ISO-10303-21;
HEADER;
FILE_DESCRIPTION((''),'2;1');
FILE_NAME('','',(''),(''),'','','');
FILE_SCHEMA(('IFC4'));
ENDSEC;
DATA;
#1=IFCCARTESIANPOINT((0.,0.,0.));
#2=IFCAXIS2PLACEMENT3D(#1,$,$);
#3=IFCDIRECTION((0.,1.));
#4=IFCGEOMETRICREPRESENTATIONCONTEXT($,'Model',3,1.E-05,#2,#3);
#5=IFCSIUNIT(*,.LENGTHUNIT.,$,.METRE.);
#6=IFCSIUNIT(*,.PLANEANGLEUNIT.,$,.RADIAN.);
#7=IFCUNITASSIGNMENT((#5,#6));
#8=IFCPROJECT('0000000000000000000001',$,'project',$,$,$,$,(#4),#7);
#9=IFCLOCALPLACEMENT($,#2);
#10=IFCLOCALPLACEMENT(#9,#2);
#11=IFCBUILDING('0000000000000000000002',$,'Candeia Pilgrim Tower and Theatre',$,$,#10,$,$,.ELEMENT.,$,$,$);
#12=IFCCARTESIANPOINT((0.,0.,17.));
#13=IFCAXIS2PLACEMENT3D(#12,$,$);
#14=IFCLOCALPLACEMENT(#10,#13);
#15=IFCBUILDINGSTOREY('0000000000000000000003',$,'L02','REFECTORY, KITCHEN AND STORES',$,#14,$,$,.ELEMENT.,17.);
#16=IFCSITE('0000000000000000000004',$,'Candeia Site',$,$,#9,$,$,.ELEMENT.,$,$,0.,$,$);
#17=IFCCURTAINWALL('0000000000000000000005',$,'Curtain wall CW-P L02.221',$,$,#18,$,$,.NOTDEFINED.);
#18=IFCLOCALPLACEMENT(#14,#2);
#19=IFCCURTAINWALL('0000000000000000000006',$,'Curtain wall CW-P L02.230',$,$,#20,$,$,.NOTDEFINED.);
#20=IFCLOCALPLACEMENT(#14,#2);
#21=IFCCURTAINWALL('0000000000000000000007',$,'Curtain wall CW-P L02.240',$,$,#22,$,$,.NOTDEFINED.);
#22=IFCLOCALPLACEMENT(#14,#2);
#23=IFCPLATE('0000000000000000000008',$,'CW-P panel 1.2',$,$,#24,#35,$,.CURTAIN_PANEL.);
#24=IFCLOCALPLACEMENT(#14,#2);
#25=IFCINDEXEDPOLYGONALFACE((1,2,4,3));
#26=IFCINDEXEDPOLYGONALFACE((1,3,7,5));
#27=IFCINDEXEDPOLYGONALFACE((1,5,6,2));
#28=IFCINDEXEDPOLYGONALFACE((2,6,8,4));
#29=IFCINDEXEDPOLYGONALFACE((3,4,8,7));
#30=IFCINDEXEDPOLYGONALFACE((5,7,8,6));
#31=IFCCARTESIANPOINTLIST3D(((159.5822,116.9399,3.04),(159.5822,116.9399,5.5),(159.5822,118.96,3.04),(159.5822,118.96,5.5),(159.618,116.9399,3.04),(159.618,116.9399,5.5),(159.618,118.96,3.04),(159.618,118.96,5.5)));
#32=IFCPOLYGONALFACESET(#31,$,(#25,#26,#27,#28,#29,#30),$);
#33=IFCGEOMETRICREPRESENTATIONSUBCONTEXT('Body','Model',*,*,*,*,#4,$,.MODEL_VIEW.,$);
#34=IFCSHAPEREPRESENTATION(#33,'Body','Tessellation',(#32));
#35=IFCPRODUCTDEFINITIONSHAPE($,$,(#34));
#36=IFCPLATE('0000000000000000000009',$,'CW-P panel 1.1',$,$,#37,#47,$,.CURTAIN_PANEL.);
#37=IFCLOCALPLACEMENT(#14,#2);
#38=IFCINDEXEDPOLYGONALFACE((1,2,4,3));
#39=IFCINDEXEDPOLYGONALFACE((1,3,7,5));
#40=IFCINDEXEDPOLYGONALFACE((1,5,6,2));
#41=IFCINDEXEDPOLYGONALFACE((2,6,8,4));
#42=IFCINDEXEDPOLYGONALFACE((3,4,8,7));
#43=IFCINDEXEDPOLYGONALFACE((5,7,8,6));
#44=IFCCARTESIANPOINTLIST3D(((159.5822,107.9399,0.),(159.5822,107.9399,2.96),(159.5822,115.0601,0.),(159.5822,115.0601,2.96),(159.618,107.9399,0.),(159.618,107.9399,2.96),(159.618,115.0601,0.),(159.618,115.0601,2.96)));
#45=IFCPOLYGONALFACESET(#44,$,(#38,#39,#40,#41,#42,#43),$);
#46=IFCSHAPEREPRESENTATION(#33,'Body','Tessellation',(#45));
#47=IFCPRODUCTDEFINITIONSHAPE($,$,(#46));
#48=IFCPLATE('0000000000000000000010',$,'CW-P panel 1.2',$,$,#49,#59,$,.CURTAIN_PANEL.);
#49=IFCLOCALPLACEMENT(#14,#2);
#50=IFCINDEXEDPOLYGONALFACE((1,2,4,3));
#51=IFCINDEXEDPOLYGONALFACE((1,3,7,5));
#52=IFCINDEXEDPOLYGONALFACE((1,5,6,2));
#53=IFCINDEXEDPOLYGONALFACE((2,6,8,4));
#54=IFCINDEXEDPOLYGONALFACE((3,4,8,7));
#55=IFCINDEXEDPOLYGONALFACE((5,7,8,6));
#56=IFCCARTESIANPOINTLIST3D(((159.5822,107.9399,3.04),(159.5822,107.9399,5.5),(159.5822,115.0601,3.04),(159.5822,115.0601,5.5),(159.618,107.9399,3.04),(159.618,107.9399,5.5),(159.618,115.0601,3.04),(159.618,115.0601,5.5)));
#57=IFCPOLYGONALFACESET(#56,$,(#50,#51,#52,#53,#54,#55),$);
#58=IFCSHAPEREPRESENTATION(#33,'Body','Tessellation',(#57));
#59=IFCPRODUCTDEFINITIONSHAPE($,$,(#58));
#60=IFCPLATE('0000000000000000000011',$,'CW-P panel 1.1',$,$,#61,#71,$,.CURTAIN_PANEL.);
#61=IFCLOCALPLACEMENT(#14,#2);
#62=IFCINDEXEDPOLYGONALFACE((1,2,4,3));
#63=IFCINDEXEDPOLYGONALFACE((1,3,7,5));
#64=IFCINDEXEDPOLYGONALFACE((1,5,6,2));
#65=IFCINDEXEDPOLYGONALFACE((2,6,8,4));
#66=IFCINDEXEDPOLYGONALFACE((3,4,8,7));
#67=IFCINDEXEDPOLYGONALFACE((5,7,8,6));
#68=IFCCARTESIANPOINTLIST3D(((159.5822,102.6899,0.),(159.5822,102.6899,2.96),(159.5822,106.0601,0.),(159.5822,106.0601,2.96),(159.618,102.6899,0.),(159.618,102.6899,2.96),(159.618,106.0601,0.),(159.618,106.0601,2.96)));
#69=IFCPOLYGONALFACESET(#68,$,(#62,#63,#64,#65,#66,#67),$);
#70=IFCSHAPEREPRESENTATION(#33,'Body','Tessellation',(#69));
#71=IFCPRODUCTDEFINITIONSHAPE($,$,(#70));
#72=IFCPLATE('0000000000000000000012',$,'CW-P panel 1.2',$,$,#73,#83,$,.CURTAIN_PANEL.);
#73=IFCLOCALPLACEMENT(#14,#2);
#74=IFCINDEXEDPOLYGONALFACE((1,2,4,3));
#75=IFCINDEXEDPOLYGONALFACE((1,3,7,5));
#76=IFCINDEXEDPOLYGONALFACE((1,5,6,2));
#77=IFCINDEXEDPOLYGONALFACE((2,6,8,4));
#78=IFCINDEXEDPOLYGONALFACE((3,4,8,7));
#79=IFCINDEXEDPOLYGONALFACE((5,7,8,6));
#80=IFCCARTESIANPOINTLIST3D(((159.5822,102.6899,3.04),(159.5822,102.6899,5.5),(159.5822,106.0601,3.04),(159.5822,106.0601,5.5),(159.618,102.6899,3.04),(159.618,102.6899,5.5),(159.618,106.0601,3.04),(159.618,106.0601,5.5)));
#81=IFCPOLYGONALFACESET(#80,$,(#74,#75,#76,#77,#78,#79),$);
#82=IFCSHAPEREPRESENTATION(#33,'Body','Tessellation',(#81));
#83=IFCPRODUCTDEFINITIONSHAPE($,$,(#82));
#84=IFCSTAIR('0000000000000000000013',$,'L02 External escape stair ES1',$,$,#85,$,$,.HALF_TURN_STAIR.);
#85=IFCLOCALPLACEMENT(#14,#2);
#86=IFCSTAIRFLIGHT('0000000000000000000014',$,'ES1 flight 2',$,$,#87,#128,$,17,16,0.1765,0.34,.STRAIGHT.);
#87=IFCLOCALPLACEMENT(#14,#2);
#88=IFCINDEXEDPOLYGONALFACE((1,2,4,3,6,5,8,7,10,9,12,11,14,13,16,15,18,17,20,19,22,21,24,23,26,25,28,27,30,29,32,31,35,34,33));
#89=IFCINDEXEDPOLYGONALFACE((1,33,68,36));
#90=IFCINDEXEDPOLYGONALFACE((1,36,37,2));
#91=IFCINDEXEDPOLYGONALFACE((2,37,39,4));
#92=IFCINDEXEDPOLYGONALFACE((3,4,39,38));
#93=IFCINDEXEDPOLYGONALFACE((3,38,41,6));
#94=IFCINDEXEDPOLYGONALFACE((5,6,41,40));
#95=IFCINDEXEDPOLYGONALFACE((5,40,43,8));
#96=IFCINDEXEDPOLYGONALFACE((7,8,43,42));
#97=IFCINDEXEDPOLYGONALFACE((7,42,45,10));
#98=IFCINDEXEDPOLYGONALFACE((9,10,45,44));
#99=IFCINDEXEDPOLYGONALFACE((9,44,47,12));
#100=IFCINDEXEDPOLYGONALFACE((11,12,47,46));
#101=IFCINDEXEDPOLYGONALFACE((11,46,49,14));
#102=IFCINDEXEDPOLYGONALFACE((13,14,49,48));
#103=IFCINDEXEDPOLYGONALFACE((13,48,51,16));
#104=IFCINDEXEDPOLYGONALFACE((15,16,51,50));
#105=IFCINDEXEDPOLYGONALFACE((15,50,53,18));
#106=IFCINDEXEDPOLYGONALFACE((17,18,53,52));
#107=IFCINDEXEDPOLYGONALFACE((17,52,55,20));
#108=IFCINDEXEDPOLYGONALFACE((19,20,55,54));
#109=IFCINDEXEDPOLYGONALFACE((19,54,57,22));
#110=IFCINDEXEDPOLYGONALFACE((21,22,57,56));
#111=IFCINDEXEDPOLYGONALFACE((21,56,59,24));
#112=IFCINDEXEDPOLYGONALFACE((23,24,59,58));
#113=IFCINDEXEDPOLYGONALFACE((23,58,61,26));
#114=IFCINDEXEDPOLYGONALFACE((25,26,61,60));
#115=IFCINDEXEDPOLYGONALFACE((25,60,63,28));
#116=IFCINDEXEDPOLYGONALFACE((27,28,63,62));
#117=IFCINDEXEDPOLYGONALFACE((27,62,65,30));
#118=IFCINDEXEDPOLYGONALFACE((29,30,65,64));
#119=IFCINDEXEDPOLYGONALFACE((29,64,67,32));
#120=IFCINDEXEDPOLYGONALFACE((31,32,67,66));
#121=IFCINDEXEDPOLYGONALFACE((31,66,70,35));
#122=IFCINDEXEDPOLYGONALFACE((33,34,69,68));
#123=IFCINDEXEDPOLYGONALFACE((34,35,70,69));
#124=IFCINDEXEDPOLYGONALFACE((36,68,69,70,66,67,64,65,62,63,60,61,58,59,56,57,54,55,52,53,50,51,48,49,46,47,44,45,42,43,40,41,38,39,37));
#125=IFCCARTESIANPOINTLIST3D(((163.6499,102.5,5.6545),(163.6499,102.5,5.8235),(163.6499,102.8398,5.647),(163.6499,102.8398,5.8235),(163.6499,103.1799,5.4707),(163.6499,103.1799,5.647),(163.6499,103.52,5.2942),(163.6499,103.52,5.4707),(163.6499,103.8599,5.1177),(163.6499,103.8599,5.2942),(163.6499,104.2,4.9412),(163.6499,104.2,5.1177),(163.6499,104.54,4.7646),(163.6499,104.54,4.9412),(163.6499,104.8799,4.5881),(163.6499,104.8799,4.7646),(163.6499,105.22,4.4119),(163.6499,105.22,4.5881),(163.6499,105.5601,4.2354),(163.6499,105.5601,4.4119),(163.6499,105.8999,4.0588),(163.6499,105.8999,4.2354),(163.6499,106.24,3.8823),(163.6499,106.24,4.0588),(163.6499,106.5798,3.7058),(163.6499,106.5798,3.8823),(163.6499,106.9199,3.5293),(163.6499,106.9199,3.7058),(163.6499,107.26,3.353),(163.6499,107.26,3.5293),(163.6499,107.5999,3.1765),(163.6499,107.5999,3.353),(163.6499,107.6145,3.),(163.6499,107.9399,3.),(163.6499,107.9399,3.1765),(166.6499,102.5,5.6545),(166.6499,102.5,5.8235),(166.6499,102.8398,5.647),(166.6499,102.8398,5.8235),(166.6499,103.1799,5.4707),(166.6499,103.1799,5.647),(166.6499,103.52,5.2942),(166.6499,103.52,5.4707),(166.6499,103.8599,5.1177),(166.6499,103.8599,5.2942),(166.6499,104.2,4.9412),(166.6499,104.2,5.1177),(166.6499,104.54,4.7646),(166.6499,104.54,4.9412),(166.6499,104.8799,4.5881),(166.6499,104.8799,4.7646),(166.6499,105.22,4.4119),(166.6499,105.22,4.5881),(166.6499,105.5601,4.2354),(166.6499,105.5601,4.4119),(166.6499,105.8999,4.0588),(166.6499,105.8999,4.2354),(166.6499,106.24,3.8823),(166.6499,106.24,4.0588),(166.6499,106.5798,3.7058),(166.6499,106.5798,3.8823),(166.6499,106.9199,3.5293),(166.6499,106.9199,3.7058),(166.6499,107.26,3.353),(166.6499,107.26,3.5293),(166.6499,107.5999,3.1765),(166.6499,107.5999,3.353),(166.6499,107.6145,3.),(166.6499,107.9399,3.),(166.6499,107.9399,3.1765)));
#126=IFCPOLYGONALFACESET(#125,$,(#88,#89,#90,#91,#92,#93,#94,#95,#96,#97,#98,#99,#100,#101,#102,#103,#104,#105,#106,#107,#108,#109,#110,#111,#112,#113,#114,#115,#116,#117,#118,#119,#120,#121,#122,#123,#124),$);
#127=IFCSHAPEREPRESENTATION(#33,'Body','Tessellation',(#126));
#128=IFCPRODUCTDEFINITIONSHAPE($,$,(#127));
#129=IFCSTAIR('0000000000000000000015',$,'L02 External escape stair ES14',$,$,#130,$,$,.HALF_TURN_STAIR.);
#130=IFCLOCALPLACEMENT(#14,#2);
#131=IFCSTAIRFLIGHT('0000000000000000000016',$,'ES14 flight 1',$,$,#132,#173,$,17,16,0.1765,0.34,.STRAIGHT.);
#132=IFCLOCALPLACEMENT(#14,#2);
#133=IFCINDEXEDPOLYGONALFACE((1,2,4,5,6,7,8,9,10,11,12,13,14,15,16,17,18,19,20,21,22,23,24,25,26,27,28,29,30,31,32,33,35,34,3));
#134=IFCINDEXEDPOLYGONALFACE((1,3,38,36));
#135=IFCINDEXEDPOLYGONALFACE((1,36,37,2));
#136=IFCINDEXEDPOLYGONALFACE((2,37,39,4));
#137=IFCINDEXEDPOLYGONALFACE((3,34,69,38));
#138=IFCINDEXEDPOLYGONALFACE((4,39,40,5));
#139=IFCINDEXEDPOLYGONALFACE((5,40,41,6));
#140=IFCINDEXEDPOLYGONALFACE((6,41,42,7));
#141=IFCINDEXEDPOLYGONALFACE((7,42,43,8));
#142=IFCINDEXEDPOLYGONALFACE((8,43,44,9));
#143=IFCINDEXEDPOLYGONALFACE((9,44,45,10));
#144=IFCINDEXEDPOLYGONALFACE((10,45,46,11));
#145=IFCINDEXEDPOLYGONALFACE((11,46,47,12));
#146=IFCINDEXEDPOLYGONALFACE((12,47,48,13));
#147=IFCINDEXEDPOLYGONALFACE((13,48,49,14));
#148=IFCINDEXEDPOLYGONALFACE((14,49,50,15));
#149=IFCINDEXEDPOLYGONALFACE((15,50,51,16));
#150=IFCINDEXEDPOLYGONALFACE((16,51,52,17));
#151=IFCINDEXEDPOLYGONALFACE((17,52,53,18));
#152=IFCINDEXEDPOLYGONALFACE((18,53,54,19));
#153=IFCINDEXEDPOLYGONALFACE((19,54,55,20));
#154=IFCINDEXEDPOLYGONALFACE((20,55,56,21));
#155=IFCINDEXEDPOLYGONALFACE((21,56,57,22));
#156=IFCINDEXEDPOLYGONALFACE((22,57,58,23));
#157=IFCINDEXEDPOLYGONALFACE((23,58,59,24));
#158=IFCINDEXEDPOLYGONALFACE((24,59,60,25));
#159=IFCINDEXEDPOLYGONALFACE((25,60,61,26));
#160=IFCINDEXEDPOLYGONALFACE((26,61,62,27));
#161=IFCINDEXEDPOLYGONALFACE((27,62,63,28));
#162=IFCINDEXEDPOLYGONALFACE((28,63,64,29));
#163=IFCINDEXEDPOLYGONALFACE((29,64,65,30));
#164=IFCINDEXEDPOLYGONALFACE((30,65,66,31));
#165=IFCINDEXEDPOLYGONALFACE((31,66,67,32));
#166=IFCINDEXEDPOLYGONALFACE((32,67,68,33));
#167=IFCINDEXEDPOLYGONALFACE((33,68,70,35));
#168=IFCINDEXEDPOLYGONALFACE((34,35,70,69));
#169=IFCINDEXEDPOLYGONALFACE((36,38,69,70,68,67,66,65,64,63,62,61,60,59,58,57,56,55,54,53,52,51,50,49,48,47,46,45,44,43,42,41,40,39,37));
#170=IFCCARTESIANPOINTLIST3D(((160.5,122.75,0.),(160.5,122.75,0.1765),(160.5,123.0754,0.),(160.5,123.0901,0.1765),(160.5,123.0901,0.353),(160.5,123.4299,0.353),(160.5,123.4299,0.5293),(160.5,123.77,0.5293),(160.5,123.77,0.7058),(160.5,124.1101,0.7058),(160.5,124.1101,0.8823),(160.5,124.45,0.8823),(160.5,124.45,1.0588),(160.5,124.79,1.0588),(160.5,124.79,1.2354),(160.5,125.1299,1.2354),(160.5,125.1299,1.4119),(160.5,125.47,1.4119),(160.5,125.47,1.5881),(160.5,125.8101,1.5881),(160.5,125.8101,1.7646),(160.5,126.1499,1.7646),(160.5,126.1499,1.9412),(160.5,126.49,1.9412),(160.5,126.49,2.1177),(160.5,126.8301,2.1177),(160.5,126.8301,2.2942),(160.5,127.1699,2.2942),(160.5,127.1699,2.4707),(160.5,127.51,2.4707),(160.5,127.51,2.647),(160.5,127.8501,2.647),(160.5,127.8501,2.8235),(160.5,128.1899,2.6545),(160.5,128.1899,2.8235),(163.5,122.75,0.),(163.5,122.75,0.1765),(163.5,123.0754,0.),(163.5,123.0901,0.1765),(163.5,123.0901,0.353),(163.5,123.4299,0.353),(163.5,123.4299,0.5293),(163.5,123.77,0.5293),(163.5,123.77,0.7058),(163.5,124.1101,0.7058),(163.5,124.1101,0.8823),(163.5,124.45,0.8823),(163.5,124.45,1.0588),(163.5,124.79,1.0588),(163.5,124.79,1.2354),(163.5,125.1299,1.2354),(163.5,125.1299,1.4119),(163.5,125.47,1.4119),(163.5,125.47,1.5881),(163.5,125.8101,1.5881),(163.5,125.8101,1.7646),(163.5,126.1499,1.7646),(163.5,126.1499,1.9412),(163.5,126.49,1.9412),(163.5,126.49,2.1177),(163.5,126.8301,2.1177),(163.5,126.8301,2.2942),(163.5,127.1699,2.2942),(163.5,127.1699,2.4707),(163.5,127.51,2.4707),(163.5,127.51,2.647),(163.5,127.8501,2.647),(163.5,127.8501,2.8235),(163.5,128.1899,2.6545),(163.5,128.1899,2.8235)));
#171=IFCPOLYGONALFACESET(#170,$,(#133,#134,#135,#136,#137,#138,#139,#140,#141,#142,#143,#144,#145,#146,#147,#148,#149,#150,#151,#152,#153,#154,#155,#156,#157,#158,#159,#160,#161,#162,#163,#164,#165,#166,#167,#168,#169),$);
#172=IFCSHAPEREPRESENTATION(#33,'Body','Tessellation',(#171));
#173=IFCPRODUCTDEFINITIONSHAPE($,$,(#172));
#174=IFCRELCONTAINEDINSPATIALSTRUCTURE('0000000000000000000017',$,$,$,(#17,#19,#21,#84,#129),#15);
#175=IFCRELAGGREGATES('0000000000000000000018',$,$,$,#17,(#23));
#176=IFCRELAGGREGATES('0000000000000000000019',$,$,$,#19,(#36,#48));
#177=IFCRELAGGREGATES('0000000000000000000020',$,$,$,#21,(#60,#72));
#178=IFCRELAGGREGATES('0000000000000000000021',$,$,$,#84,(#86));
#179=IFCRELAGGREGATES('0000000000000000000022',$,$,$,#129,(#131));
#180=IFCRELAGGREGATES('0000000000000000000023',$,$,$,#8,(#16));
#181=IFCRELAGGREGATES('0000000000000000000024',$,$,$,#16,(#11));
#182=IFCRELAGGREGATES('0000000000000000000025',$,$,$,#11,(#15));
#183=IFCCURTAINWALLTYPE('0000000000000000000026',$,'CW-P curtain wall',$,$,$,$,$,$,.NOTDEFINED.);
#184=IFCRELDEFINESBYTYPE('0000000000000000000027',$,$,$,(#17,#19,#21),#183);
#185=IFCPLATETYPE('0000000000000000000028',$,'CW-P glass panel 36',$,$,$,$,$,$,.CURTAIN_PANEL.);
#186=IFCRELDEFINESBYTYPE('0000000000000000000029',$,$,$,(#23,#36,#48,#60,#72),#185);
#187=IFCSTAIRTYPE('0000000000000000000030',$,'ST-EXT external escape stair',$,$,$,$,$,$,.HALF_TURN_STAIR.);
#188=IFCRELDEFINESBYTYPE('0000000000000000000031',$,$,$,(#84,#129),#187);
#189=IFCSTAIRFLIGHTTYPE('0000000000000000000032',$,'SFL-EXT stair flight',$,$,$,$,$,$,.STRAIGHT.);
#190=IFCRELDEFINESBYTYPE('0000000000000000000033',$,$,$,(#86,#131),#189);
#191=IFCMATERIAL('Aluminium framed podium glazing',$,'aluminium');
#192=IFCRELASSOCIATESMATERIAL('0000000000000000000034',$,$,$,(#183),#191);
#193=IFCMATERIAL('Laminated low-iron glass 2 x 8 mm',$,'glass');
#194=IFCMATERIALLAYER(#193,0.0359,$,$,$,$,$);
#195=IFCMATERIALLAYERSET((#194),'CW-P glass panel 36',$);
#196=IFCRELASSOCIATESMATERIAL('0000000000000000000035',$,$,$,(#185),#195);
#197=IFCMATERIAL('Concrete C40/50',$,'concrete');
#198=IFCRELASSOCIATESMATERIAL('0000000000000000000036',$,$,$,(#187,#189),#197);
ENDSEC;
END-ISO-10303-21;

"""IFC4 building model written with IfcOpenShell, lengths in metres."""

from ifc_helpers import new_model, si_unit, direction, frame, origin, origin_2d, place, context, subcontext, project, spatial, polyline, rectangle, outline, extrude, material, layer, layer_set, type_object, element, aggregate, save


model = new_model("IFC4")

# Units and contexts
model_context = context("Model", 3, precision=1e-05, world=origin(), true_north=direction((0.0, 1.0)))
body_context = subcontext(model_context, "Body", "Model", "MODEL_VIEW")
ifc_project = project(units=[si_unit("LENGTHUNIT", "METRE"), si_unit("PLANEANGLEUNIT", "RADIAN")], contexts=[model_context])

# Site, building, storey
site_placement = place(None, origin())
site = spatial("IfcSite", under=ifc_project, at=site_placement, Name="Candeia Site", CompositionType="ELEMENT", RefElevation=0.0)
building_placement = place(site_placement, origin())
building = spatial("IfcBuilding", under=site, at=building_placement, Name="Candeia Pilgrim Tower and Theatre", CompositionType="ELEMENT")
storey_placement = place(building_placement, frame((0.0, 0.0, 17.0)))
storey = spatial("IfcBuildingStorey", under=building, at=storey_placement, Name="L02", Description="REFECTORY, KITCHEN AND STORES", CompositionType="ELEMENT", Elevation=17.0)

# Shared definitions
ifc_material_1 = material(Name="Concrete C40/50", Category="concrete")

# Shared definitions
ifc_material_2 = material(Name="Aluminium framed podium glazing", Category="aluminium")
curtain_wall_type = type_object("IfcCurtainWallType", Name="CW-P curtain wall", PredefinedType="NOTDEFINED", material=ifc_material_2)

# Curtain walls
curtain_wall_1_placement = place(storey_placement, origin())
curtain_wall_1 = element("IfcCurtainWall", 1, at=curtain_wall_1_placement, inside=storey, type_object=curtain_wall_type, Name="Curtain wall CW-P L02.221", PredefinedType="NOTDEFINED")
curtain_wall_2_placement = place(storey_placement, origin())
curtain_wall_2 = element("IfcCurtainWall", 2, at=curtain_wall_2_placement, inside=storey, type_object=curtain_wall_type, Name="Curtain wall CW-P L02.230", PredefinedType="NOTDEFINED")

# Curtain wall
curtain_wall_3_placement = place(storey_placement, origin())
curtain_wall_3 = element("IfcCurtainWall", 3, at=curtain_wall_3_placement, inside=storey, type_object=curtain_wall_type, Name="Curtain wall CW-P L02.240", PredefinedType="NOTDEFINED")

# Plates
ifc_material_3 = material(Name="Laminated low-iron glass 2 x 8 mm", Category="glass")
ifc_layer_1 = layer(ifc_material_3, 0.0359)
ifc_layer_set_1 = layer_set([ifc_layer_1], Name="CW-P glass panel 36")
plate_type = type_object("IfcPlateType", Name="CW-P glass panel 36", PredefinedType="CURTAIN_PANEL", material=ifc_layer_set_1)
plate_1_placement = place(storey_placement, frame((159.6001, 117.95, 3.04), z_axis=(0.0, 0.0, 1.0), x_axis=(0.0, -1.0, 0.0)))
plate_1 = element("IfcPlate", 4, at=plate_1_placement, type_object=plate_type, Name="CW-P panel 1.2", PredefinedType="CURTAIN_PANEL", context=body_context, shape_type="SweptSolid", body=[
    extrude(rectangle(XDim=2.02, YDim=0.0359, at=origin_2d()), origin(), (0.0, 0.0, 1.0), 2.46),
])
aggregate(curtain_wall_1, [plate_1])
plate_2_placement = place(storey_placement, frame((159.6001, 111.5, 0.0), z_axis=(0.0, 0.0, 1.0), x_axis=(0.0, -1.0, 0.0)))
plate_2 = element("IfcPlate", 5, at=plate_2_placement, type_object=plate_type, Name="CW-P panel 1.1", PredefinedType="CURTAIN_PANEL", context=body_context, shape_type="SweptSolid", body=[
    extrude(rectangle(XDim=7.1201, YDim=0.0359, at=origin_2d()), origin(), (0.0, 0.0, 1.0), 2.96),
])
plate_3_placement = place(storey_placement, frame((159.6001, 111.5, 3.04), z_axis=(0.0, 0.0, 1.0), x_axis=(0.0, -1.0, 0.0)))
plate_3 = element("IfcPlate", 6, at=plate_3_placement, type_object=plate_type, Name="CW-P panel 1.2", PredefinedType="CURTAIN_PANEL", context=body_context, shape_type="SweptSolid", body=[
    extrude(rectangle(XDim=7.1201, YDim=0.0359, at=origin_2d()), origin(), (0.0, 0.0, 1.0), 2.46),
])
aggregate(curtain_wall_2, [plate_2, plate_3])
plate_4_placement = place(storey_placement, frame((159.6001, 104.375, 0.0), z_axis=(0.0, 0.0, 1.0), x_axis=(0.0, -1.0, 0.0)))
plate_4 = element("IfcPlate", 7, at=plate_4_placement, type_object=plate_type, Name="CW-P panel 1.1", PredefinedType="CURTAIN_PANEL", context=body_context, shape_type="SweptSolid", body=[
    extrude(rectangle(XDim=3.3701, YDim=0.0359, at=origin_2d()), origin(), (0.0, 0.0, 1.0), 2.96),
])
plate_5_placement = place(storey_placement, frame((159.6001, 104.375, 3.04), z_axis=(0.0, 0.0, 1.0), x_axis=(0.0, -1.0, 0.0)))
plate_5 = element("IfcPlate", 8, at=plate_5_placement, type_object=plate_type, Name="CW-P panel 1.2", PredefinedType="CURTAIN_PANEL", context=body_context, shape_type="SweptSolid", body=[
    extrude(rectangle(XDim=3.3701, YDim=0.0359, at=origin_2d()), origin(), (0.0, 0.0, 1.0), 2.46),
])
aggregate(curtain_wall_3, [plate_4, plate_5])

# Stairs, stair flights
stair_type = type_object("IfcStairType", Name="ST-EXT external escape stair", PredefinedType="HALF_TURN_STAIR", material=ifc_material_1)
stair_1_placement = place(storey_placement, origin())
stair_1 = element("IfcStair", 9, at=stair_1_placement, inside=storey, type_object=stair_type, Name="L02 External escape stair ES1", PredefinedType="HALF_TURN_STAIR")
stair_flight_type = type_object("IfcStairFlightType", Name="SFL-EXT stair flight", PredefinedType="STRAIGHT", material=ifc_material_1)
stair_flight_1_placement = place(storey_placement, frame((165.1499, 107.9399, 3.0), z_axis=(0.0, 0.0, 1.0), x_axis=(0.0, -1.0, 0.0)))
stair_flight_1 = element("IfcStairFlight", 10, at=stair_flight_1_placement, type_object=stair_flight_type, Name="ES1 flight 2", NumberOfRisers=17, NumberOfTreads=16, PredefinedType="STRAIGHT", RiserHeight=0.1765, TreadLength=0.34, context=body_context, shape_type="SweptSolid", body=[
    extrude(outline(polyline([(0.0, 0.0), (0.0, 0.1765), (0.3401, 0.1765), (0.3401, 0.353), (0.6799, 0.353), (0.6799, 0.5293), (1.02, 0.5293), (1.02, 0.7058), (1.3601, 0.7058), (1.3601, 0.8823), (1.7, 0.8823), (1.7, 1.0588), (2.04, 1.0588), (2.04, 1.2354), (2.3799, 1.2354), (2.3799, 1.4119), (2.72, 1.4119), (2.72, 1.5881), (3.0601, 1.5881), (3.0601, 1.7646), (3.3999, 1.7646), (3.3999, 1.9412), (3.74, 1.9412), (3.74, 2.1177), (4.0801, 2.1177), (4.0801, 2.2942), (4.4199, 2.2942), (4.4199, 2.4707), (4.76, 2.4707), (4.76, 2.647), (5.1001, 2.647), (5.1001, 2.8235), (5.4399, 2.8235), (5.4399, 3.0), (5.4399, 2.6545), (0.3254, 0.0), (0.0, 0.0)])), frame((0.0, 1.5, 0.0), z_axis=(0.0, -1.0, 0.0), x_axis=(1.0, 0.0, 0.0)), (0.0, 0.0, 1.0), 3.0),
])
aggregate(stair_1, [stair_flight_1])
stair_2_placement = place(storey_placement, origin())
stair_2 = element("IfcStair", 11, at=stair_2_placement, inside=storey, type_object=stair_type, Name="L02 External escape stair ES14", PredefinedType="HALF_TURN_STAIR")
stair_flight_2_placement = place(storey_placement, frame((162.0, 122.75, 0.0), z_axis=(0.0, 0.0, 1.0), x_axis=(0.0, 1.0, 0.0)))
stair_flight_2 = element("IfcStairFlight", 12, at=stair_flight_2_placement, type_object=stair_flight_type, Name="ES14 flight 1", NumberOfRisers=17, NumberOfTreads=16, PredefinedType="STRAIGHT", RiserHeight=0.1765, TreadLength=0.34, context=body_context, shape_type="SweptSolid", body=[
    extrude(outline(polyline([(0.0, 0.0), (0.0, 0.1765), (0.3401, 0.1765), (0.3401, 0.353), (0.6799, 0.353), (0.6799, 0.5293), (1.02, 0.5293), (1.02, 0.7058), (1.3601, 0.7058), (1.3601, 0.8823), (1.7, 0.8823), (1.7, 1.0588), (2.04, 1.0588), (2.04, 1.2354), (2.3799, 1.2354), (2.3799, 1.4119), (2.72, 1.4119), (2.72, 1.5881), (3.0601, 1.5881), (3.0601, 1.7646), (3.3999, 1.7646), (3.3999, 1.9412), (3.74, 1.9412), (3.74, 2.1177), (4.0801, 2.1177), (4.0801, 2.2942), (4.4199, 2.2942), (4.4199, 2.4707), (4.76, 2.4707), (4.76, 2.647), (5.1001, 2.647), (5.1001, 2.8235), (5.4399, 2.8235), (5.4399, 3.0), (5.4399, 2.6545), (0.3254, 0.0), (0.0, 0.0)])), frame((0.0, 1.5, 0.0), z_axis=(0.0, -1.0, 0.0), x_axis=(1.0, 0.0, 0.0)), (0.0, 0.0, 1.0), 3.0),
])
aggregate(stair_2, [stair_flight_2])

save(model, "model.ifc")
